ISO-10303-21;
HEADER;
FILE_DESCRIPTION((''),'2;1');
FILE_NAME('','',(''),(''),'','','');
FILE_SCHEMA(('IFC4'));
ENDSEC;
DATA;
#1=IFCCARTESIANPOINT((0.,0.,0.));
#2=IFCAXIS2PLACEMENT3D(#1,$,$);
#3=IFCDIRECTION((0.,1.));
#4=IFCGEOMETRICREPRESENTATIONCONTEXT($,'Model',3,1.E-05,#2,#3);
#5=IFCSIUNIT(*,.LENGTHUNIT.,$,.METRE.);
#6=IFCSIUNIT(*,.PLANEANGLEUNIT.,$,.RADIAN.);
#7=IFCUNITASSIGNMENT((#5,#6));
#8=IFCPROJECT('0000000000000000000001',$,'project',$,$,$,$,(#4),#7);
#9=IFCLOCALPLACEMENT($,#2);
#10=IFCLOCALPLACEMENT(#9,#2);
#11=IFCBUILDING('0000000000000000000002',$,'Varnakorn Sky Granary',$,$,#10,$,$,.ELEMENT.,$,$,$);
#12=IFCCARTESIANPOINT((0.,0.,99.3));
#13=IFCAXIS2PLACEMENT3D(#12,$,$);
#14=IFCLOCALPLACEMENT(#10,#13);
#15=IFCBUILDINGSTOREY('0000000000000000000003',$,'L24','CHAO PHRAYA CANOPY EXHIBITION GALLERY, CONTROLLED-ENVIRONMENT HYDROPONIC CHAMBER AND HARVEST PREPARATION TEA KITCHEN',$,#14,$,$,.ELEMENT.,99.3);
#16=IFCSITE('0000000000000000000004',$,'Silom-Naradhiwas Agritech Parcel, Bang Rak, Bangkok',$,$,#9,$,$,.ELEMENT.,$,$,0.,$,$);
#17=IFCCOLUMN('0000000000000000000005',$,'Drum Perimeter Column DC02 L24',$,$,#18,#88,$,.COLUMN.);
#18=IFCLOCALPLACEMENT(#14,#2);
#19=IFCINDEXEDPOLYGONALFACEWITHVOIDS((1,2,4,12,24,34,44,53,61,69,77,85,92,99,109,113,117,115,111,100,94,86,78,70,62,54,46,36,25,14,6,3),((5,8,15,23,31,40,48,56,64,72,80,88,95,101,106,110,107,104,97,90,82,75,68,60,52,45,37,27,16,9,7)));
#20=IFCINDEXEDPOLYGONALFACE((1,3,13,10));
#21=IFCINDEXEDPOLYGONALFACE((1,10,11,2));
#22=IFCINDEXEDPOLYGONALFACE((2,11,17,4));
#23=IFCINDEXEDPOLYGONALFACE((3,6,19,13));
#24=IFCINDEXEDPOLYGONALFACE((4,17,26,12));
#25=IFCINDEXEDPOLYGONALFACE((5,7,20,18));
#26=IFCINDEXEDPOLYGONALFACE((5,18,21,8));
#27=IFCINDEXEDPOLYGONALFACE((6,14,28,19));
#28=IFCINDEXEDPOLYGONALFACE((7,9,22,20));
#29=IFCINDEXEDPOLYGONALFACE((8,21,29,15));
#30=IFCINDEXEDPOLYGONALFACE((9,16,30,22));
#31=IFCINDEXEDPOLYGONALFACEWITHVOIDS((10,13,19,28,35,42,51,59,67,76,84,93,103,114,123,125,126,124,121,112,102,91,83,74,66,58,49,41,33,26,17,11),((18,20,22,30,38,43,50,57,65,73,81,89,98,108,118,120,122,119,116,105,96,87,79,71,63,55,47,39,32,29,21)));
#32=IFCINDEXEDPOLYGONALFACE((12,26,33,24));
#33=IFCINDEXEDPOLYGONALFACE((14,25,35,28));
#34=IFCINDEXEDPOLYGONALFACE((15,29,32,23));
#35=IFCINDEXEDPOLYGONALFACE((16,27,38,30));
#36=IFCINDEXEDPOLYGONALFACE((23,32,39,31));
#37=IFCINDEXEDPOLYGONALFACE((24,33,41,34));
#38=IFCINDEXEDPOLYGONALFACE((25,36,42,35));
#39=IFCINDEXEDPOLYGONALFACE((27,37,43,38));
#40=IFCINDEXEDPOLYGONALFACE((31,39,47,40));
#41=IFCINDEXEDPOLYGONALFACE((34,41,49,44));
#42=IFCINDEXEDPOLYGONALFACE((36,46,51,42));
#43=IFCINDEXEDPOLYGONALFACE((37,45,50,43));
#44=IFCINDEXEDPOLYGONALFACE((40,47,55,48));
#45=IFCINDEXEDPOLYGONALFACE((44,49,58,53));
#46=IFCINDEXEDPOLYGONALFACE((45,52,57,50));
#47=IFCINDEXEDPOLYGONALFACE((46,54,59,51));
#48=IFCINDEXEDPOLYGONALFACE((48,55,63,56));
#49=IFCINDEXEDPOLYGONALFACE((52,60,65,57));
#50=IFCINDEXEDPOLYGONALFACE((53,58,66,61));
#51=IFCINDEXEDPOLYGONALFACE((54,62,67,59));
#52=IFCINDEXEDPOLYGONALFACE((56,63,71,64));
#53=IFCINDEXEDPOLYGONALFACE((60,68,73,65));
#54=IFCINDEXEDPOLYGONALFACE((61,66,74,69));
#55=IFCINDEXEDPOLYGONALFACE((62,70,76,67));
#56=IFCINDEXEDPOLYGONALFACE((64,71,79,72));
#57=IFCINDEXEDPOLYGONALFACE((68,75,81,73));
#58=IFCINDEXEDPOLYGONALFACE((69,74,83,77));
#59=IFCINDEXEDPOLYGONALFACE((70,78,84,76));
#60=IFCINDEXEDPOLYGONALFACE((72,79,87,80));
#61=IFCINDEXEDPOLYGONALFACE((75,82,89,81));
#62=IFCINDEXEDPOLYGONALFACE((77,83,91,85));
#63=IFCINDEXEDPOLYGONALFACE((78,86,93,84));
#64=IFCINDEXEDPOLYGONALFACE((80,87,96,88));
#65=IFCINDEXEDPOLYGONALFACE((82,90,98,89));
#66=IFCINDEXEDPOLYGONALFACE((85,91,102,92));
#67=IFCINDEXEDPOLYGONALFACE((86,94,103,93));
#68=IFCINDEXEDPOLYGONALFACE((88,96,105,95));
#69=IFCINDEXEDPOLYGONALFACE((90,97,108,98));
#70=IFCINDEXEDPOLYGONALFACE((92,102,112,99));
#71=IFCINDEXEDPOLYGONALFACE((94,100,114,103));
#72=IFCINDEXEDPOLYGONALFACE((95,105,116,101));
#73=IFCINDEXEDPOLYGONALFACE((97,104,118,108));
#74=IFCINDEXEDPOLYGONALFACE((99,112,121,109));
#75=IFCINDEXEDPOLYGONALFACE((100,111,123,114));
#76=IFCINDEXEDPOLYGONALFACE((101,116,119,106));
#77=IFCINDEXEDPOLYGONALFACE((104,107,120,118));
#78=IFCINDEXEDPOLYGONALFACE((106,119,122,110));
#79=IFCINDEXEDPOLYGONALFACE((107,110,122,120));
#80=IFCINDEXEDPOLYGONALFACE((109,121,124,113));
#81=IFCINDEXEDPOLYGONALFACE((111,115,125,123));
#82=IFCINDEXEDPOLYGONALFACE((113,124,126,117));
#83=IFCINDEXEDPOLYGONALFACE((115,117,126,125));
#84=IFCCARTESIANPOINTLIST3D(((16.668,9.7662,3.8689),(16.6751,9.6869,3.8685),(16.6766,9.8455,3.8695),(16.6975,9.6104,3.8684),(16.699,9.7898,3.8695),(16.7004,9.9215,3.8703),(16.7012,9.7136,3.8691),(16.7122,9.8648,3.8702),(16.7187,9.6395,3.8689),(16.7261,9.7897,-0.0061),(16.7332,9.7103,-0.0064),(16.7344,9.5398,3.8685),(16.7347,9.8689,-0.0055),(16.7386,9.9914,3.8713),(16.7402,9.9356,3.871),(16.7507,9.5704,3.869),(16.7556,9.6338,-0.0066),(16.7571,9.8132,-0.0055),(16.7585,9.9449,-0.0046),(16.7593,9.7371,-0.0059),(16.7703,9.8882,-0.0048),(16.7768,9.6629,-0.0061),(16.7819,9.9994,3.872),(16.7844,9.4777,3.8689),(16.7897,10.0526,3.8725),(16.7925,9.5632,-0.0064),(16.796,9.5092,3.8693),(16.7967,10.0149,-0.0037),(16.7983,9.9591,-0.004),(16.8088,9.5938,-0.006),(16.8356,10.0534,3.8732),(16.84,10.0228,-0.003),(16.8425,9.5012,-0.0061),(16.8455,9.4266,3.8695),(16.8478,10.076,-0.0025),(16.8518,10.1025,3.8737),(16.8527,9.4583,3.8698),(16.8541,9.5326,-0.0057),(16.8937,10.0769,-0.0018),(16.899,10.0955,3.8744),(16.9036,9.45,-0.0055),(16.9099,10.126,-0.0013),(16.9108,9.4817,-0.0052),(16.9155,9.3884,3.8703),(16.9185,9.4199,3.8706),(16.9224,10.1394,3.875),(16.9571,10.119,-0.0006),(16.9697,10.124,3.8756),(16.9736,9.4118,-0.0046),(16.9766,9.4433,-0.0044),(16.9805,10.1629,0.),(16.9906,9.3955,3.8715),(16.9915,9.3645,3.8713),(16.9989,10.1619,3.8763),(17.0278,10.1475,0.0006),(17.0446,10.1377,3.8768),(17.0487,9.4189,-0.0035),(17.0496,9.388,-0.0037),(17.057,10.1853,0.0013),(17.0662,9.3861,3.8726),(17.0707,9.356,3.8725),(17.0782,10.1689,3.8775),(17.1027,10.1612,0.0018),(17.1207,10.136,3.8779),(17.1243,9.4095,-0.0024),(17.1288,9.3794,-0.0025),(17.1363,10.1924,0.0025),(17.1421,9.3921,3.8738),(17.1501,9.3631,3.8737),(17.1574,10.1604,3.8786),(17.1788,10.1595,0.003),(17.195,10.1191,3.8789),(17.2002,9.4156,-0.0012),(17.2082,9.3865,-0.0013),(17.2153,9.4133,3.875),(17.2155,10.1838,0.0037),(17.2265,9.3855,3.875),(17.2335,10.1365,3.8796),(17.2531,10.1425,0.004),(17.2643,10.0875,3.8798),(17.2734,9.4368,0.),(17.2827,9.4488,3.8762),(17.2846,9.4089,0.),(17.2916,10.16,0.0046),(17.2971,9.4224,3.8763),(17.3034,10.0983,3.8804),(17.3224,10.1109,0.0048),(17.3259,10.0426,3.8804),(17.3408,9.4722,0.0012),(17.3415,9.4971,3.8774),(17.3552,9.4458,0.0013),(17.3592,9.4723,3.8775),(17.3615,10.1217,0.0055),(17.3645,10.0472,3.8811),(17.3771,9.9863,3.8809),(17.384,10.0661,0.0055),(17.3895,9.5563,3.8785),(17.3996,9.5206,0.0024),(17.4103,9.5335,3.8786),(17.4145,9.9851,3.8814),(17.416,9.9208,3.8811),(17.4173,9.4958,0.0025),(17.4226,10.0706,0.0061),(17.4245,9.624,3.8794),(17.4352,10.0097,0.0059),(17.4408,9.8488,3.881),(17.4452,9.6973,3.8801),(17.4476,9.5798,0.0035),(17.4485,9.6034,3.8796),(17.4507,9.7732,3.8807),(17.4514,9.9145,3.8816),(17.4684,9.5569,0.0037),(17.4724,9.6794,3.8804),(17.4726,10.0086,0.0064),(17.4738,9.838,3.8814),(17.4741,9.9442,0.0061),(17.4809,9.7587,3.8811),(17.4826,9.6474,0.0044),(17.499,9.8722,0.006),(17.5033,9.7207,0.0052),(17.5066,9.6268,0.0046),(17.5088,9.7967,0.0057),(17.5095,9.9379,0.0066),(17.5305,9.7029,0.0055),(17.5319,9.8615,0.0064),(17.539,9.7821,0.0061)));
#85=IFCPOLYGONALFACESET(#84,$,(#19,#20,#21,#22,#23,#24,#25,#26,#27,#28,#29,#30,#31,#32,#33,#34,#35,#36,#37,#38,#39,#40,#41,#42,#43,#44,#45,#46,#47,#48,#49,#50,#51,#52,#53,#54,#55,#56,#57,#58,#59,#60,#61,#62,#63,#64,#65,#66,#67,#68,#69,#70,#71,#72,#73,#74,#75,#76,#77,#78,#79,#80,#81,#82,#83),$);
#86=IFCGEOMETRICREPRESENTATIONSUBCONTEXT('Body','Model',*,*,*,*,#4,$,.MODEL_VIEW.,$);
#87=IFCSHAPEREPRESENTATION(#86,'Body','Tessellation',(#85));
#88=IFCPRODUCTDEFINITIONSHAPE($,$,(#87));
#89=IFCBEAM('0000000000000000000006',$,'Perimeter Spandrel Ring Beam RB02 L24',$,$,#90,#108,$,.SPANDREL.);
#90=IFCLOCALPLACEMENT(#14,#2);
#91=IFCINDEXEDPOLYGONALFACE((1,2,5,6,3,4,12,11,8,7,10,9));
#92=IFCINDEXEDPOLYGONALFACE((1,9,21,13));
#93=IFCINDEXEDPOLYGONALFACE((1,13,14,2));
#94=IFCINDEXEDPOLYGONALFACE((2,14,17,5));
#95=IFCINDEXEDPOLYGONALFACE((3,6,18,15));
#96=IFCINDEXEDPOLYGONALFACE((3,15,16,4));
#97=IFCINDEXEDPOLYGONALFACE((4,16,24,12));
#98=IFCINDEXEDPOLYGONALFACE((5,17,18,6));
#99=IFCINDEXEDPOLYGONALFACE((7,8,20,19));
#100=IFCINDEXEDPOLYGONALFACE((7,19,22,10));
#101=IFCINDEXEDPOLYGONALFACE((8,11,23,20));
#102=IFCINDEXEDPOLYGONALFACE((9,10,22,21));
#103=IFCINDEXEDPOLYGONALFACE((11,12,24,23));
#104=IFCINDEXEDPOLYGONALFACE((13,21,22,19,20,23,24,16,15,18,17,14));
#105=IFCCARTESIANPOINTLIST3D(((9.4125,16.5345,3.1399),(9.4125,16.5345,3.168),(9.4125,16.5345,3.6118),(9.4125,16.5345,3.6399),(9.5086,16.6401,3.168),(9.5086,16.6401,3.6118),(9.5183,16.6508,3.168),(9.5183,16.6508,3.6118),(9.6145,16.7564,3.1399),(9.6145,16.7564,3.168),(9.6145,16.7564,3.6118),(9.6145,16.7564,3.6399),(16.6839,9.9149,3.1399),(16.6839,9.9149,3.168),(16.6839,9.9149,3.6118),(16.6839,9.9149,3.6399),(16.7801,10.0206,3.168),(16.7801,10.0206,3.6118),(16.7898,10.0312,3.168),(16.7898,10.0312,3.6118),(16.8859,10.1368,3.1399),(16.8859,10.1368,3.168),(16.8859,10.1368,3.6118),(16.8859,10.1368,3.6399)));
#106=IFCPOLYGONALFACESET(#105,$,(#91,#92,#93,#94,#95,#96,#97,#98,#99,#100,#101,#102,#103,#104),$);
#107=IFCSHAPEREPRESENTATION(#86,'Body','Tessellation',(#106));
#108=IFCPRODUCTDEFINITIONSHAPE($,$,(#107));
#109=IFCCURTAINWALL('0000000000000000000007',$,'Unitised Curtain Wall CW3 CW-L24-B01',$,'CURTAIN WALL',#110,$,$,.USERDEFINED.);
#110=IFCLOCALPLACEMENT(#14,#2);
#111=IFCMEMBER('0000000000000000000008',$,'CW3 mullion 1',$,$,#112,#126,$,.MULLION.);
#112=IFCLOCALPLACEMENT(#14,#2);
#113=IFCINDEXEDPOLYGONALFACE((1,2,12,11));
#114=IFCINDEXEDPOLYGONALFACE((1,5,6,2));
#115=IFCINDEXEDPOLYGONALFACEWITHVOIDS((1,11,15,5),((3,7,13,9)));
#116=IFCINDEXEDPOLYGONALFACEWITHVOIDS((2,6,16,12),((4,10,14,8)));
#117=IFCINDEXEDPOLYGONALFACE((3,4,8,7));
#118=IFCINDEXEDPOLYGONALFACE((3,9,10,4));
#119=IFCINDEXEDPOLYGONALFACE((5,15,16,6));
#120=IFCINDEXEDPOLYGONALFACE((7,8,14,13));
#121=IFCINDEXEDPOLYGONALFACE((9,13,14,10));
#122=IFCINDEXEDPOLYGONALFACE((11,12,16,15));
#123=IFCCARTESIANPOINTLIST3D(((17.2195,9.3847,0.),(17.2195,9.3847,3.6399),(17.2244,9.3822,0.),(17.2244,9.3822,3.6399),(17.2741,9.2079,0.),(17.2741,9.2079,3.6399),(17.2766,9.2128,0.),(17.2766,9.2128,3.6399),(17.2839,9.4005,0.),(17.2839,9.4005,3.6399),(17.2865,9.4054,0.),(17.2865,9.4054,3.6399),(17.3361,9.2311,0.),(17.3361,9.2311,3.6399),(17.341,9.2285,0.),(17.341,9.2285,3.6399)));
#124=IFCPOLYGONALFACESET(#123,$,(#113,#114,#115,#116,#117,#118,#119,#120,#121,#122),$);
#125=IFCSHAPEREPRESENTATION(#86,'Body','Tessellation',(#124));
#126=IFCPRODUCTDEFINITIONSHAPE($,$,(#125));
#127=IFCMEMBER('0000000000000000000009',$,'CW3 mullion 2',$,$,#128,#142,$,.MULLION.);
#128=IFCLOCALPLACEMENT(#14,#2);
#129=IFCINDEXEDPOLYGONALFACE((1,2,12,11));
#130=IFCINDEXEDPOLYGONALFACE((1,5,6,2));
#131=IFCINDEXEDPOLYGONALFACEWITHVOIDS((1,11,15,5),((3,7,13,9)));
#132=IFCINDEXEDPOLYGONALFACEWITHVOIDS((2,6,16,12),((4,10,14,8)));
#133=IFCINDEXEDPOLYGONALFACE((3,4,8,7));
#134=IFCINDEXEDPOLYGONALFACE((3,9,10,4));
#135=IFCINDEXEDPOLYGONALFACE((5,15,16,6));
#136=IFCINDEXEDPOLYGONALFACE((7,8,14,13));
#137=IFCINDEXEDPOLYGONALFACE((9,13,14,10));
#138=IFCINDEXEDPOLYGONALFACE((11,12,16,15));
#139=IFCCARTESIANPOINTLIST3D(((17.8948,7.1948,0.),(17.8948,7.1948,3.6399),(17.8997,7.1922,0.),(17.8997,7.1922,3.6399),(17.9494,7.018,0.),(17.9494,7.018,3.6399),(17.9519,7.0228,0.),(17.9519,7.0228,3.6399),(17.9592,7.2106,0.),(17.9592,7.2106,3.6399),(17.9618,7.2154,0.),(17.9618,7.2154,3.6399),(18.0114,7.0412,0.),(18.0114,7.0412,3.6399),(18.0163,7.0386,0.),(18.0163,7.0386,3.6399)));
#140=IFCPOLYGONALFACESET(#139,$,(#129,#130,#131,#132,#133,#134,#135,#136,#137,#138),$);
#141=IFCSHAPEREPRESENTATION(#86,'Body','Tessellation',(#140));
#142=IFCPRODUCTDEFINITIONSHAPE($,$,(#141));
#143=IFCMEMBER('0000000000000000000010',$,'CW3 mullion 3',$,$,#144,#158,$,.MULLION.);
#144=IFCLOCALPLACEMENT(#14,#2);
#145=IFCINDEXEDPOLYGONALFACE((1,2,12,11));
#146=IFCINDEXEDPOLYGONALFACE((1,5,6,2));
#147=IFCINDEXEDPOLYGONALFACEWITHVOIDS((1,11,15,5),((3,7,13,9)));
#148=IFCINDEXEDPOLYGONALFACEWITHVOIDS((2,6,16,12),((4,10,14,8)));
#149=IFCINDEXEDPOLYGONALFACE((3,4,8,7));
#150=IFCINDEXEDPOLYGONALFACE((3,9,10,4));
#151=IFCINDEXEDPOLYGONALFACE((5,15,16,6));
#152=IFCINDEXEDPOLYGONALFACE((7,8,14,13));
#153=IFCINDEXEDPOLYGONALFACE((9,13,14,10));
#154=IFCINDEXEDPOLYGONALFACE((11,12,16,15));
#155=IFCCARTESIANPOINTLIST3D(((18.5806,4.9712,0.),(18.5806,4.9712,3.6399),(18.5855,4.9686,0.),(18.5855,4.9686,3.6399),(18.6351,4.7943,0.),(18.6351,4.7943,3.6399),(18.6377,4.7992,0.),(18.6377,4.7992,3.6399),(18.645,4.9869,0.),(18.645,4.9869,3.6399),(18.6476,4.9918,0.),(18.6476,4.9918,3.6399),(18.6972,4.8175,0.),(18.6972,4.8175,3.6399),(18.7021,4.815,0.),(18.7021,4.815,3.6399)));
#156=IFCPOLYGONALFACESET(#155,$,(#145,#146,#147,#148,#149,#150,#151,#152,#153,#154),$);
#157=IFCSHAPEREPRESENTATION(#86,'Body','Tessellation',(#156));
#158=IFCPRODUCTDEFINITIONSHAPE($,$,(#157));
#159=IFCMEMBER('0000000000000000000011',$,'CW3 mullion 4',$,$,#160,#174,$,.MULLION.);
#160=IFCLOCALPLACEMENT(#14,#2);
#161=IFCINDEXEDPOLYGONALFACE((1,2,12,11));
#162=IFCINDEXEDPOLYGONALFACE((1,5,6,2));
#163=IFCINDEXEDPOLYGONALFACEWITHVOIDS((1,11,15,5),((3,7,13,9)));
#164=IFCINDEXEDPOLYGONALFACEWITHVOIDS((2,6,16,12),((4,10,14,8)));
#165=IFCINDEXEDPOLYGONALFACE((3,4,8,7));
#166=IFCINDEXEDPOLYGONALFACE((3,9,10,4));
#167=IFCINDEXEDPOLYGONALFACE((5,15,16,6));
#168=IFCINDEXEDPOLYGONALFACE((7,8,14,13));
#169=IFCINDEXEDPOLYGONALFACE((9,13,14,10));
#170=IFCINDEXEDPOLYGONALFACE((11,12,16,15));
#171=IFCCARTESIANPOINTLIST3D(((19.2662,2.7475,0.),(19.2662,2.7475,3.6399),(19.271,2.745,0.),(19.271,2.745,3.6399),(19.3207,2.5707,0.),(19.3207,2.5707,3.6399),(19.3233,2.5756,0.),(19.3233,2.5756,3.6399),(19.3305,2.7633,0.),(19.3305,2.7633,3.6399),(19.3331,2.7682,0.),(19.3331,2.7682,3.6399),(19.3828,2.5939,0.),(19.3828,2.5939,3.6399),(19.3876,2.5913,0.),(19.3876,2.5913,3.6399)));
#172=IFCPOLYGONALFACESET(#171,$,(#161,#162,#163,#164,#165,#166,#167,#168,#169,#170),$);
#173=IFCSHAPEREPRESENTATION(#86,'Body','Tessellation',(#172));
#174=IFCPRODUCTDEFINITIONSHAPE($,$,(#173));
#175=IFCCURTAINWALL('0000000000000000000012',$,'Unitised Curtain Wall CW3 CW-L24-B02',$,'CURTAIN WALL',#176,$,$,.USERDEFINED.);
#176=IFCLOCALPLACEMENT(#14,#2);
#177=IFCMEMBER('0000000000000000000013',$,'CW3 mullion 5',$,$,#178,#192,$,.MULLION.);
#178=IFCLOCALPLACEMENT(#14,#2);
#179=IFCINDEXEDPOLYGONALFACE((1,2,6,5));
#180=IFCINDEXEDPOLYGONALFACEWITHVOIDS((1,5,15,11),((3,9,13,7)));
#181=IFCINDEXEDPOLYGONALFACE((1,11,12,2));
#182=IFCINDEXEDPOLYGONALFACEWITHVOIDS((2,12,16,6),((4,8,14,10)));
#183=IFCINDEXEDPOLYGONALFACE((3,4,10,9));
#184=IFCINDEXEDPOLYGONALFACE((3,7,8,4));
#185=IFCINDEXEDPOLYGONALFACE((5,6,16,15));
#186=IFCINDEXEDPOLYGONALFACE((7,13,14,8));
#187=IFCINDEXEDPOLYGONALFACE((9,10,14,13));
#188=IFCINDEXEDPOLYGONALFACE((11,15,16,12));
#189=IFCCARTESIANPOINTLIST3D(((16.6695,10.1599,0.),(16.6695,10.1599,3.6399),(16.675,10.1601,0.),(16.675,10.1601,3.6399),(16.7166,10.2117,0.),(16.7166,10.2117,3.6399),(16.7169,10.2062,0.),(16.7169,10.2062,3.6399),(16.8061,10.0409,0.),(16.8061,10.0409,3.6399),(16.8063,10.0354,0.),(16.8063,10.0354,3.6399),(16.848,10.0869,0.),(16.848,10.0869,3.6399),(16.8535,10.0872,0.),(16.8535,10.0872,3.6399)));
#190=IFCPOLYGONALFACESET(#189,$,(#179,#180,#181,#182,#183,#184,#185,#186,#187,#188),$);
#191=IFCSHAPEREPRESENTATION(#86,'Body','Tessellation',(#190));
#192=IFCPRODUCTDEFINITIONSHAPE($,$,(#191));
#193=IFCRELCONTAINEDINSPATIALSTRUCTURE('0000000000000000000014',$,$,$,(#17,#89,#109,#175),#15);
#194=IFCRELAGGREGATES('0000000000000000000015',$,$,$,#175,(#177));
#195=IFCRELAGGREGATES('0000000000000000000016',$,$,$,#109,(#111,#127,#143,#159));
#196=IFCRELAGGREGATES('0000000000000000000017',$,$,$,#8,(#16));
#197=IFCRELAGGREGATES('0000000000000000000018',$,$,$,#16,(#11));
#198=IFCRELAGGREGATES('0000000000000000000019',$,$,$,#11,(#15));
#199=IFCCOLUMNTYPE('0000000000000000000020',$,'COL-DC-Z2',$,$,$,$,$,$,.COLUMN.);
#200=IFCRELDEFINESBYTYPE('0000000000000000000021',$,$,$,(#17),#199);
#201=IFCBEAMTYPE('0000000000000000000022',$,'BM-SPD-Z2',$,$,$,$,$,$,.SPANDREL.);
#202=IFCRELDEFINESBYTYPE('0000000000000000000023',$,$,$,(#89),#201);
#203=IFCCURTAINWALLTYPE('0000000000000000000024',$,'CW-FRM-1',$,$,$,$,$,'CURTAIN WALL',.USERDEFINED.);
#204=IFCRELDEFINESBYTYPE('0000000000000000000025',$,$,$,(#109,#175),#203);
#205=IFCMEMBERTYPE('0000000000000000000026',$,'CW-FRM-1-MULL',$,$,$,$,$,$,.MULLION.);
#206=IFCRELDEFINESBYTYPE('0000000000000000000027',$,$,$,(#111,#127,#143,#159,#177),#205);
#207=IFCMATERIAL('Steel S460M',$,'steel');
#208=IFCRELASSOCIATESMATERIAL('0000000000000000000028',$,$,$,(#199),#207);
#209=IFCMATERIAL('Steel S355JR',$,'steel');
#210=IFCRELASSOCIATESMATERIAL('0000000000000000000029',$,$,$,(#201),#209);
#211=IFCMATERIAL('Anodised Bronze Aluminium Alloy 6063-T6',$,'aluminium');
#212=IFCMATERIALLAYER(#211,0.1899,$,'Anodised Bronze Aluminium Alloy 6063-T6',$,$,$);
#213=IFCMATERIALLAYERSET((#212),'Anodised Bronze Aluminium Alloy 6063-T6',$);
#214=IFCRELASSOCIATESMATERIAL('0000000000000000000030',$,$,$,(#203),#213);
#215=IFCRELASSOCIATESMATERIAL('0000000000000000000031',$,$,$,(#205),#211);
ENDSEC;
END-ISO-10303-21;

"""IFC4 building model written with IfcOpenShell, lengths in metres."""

from ifc_helpers import new_model, si_unit, direction, frame, origin, origin_2d, place, context, subcontext, project, spatial, hollow_rectangle, hollow_circle, i_section, extrude, material, layer, layer_set, material_profile, profile_set, type_object, element, aggregate, save


model = new_model("IFC4")

# Units and contexts
model_context = context("Model", 3, precision=1e-05, world=origin(), true_north=direction((0.0, 1.0)))
body_context = subcontext(model_context, "Body", "Model", "MODEL_VIEW")
ifc_project = project(units=[si_unit("LENGTHUNIT", "METRE"), si_unit("PLANEANGLEUNIT", "RADIAN")], contexts=[model_context])

# Site, building, storey
site_placement = place(None, origin())
site = spatial("IfcSite", under=ifc_project, at=site_placement, Name="Silom-Naradhiwas Agritech Parcel, Bang Rak, Bangkok", CompositionType="ELEMENT", RefElevation=0.0)
building_placement = place(site_placement, origin())
building = spatial("IfcBuilding", under=site, at=building_placement, Name="Varnakorn Sky Granary", CompositionType="ELEMENT")
storey_placement = place(building_placement, frame((0.0, 0.0, 99.3)))
storey = spatial("IfcBuildingStorey", under=building, at=storey_placement, Name="L24", Description="CHAO PHRAYA CANOPY EXHIBITION GALLERY, CONTROLLED-ENVIRONMENT HYDROPONIC CHAMBER AND HARVEST PREPARATION TEA KITCHEN", CompositionType="ELEMENT", Elevation=99.3)

# Column
ifc_material_1 = material(Name="Steel S460M", Category="steel")
ifc_material_profile_1 = material_profile(ifc_material_1, hollow_circle(Radius=0.4065, WallThickness=0.03, at=origin_2d()), Name="CHS 813x30")
ifc_profile_set_1 = profile_set([ifc_material_profile_1], Name="Steel S460M")
column_type = type_object("IfcColumnType", Name="COL-DC-Z2", PredefinedType="COLUMN", material=ifc_profile_set_1)
column_placement = place(storey_placement, frame((17.1326, 9.7859, 0.0), z_axis=(-0.014993, -0.006048, 0.999869), x_axis=(0.374076, -0.927398, 0.0)))
element("IfcColumn", 1, at=column_placement, inside=storey, type_object=column_type, Name="Drum Perimeter Column DC02 L24", PredefinedType="COLUMN", context=body_context, shape_type="SweptSolid", body=[
    extrude(hollow_circle(Radius=0.4065, WallThickness=0.03, at=origin_2d()), origin(), (0.0, 0.0, 1.0), 3.8755),
])

# Beam
ifc_material_2 = material(Name="Steel S355JR", Category="steel")
ifc_material_profile_2 = material_profile(ifc_material_2, i_section(OverallWidth=0.3, OverallDepth=0.5, WebThickness=0.0144, FlangeThickness=0.0281, at=origin_2d()), Name="HE 500 B")
ifc_profile_set_2 = profile_set([ifc_material_profile_2], Name="Steel S355JR")
beam_type = type_object("IfcBeamType", Name="BM-SPD-Z2", PredefinedType="SPANDREL", material=ifc_profile_set_2)
beam_placement = place(storey_placement, frame((16.7849, 10.0259, 3.3899), z_axis=(-0.739475, 0.673184, 0.0), x_axis=(-0.673184, -0.739475, 0.0)))
element("IfcBeam", 2, at=beam_placement, inside=storey, type_object=beam_type, Name="Perimeter Spandrel Ring Beam RB02 L24", PredefinedType="SPANDREL", context=body_context, shape_type="SweptSolid", body=[
    extrude(i_section(OverallWidth=0.3, OverallDepth=0.5, WebThickness=0.0144, FlangeThickness=0.0281, at=origin_2d()), origin(), (0.0, 0.0, 1.0), 9.8333),
])

# Curtain wall, members
ifc_material_3 = material(Name="Anodised Bronze Aluminium Alloy 6063-T6", Category="aluminium")
ifc_layer_1 = layer(ifc_material_3, 0.1899, Name="Anodised Bronze Aluminium Alloy 6063-T6")
ifc_layer_set_1 = layer_set([ifc_layer_1], Name="Anodised Bronze Aluminium Alloy 6063-T6")
curtain_wall_type = type_object("IfcCurtainWallType", Name="CW-FRM-1", ElementType="CURTAIN WALL", PredefinedType="USERDEFINED", material=ifc_layer_set_1)
curtain_wall_1_placement = place(storey_placement, origin())
curtain_wall_1 = element("IfcCurtainWall", 3, at=curtain_wall_1_placement, inside=storey, type_object=curtain_wall_type, Name="Unitised Curtain Wall CW3 CW-L24-B01", ObjectType="CURTAIN WALL", PredefinedType="USERDEFINED")
ifc_material_profile_3 = material_profile(ifc_material_3, hollow_rectangle(XDim=0.0701, YDim=0.1851, WallThickness=0.0039, at=origin_2d()), Name="ALU MULL 70x185")
ifc_profile_set_3 = profile_set([ifc_material_profile_3], Name="Anodised Bronze Aluminium Alloy 6063-T6")
member_type_1 = type_object("IfcMemberType", Name="CW-FRM-1-MULL", PredefinedType="MULLION", material=ifc_profile_set_3)
member_1_placement = place(storey_placement, frame((17.2803, 9.3066, 0.0), z_axis=(0.0, 0.0, 1.0), x_axis=(0.955605, 0.294651, 0.0)))
member_1 = element("IfcMember", 4, at=member_1_placement, type_object=member_type_1, Name="CW3 mullion 1", PredefinedType="MULLION", context=body_context, shape_type="SweptSolid", body=[
    extrude(hollow_rectangle(XDim=0.0701, YDim=0.1851, WallThickness=0.0039, at=origin_2d()), origin(), (0.0, 0.0, 1.0), 3.6399),
])
member_2_placement = place(storey_placement, frame((17.9556, 7.1167, 0.0), z_axis=(0.0, 0.0, 1.0), x_axis=(0.955605, 0.294651, 0.0)))
member_2 = element("IfcMember", 5, at=member_2_placement, type_object=member_type_1, Name="CW3 mullion 2", PredefinedType="MULLION", context=body_context, shape_type="SweptSolid", body=[
    extrude(hollow_rectangle(XDim=0.0701, YDim=0.1851, WallThickness=0.0039, at=origin_2d()), origin(), (0.0, 0.0, 1.0), 3.6399),
])
member_3_placement = place(storey_placement, frame((18.6414, 4.8931, 0.0), z_axis=(0.0, 0.0, 1.0), x_axis=(0.955605, 0.294651, 0.0)))
member_3 = element("IfcMember", 6, at=member_3_placement, type_object=member_type_1, Name="CW3 mullion 3", PredefinedType="MULLION", context=body_context, shape_type="SweptSolid", body=[
    extrude(hollow_rectangle(XDim=0.0701, YDim=0.1851, WallThickness=0.0039, at=origin_2d()), origin(), (0.0, 0.0, 1.0), 3.6399),
])
member_4_placement = place(storey_placement, frame((19.3269, 2.6694, 0.0), z_axis=(0.0, 0.0, 1.0), x_axis=(0.955605, 0.294651, 0.0)))
member_4 = element("IfcMember", 7, at=member_4_placement, type_object=member_type_1, Name="CW3 mullion 4", PredefinedType="MULLION", context=body_context, shape_type="SweptSolid", body=[
    extrude(hollow_rectangle(XDim=0.0701, YDim=0.1851, WallThickness=0.0039, at=origin_2d()), origin(), (0.0, 0.0, 1.0), 3.6399),
])

# Curtain wall, member
curtain_wall_2_placement = place(storey_placement, origin())
curtain_wall_2 = element("IfcCurtainWall", 8, at=curtain_wall_2_placement, inside=storey, type_object=curtain_wall_type, Name="Unitised Curtain Wall CW3 CW-L24-B02", ObjectType="CURTAIN WALL", PredefinedType="USERDEFINED")
member_5_placement = place(storey_placement, frame((16.7615, 10.1235, 0.0), z_axis=(0.0, 0.0, 1.0), x_axis=(0.672919, 0.739716, 0.0)))
member_5 = element("IfcMember", 9, at=member_5_placement, type_object=member_type_1, Name="CW3 mullion 5", PredefinedType="MULLION", context=body_context, shape_type="SweptSolid", body=[
    extrude(hollow_rectangle(XDim=0.0701, YDim=0.1851, WallThickness=0.0039, at=origin_2d()), origin(), (0.0, 0.0, 1.0), 3.6399),
])
aggregate(curtain_wall_2, [member_5])

aggregate(curtain_wall_1, [member_1, member_2, member_3, member_4])

save(model, "model.ifc")
